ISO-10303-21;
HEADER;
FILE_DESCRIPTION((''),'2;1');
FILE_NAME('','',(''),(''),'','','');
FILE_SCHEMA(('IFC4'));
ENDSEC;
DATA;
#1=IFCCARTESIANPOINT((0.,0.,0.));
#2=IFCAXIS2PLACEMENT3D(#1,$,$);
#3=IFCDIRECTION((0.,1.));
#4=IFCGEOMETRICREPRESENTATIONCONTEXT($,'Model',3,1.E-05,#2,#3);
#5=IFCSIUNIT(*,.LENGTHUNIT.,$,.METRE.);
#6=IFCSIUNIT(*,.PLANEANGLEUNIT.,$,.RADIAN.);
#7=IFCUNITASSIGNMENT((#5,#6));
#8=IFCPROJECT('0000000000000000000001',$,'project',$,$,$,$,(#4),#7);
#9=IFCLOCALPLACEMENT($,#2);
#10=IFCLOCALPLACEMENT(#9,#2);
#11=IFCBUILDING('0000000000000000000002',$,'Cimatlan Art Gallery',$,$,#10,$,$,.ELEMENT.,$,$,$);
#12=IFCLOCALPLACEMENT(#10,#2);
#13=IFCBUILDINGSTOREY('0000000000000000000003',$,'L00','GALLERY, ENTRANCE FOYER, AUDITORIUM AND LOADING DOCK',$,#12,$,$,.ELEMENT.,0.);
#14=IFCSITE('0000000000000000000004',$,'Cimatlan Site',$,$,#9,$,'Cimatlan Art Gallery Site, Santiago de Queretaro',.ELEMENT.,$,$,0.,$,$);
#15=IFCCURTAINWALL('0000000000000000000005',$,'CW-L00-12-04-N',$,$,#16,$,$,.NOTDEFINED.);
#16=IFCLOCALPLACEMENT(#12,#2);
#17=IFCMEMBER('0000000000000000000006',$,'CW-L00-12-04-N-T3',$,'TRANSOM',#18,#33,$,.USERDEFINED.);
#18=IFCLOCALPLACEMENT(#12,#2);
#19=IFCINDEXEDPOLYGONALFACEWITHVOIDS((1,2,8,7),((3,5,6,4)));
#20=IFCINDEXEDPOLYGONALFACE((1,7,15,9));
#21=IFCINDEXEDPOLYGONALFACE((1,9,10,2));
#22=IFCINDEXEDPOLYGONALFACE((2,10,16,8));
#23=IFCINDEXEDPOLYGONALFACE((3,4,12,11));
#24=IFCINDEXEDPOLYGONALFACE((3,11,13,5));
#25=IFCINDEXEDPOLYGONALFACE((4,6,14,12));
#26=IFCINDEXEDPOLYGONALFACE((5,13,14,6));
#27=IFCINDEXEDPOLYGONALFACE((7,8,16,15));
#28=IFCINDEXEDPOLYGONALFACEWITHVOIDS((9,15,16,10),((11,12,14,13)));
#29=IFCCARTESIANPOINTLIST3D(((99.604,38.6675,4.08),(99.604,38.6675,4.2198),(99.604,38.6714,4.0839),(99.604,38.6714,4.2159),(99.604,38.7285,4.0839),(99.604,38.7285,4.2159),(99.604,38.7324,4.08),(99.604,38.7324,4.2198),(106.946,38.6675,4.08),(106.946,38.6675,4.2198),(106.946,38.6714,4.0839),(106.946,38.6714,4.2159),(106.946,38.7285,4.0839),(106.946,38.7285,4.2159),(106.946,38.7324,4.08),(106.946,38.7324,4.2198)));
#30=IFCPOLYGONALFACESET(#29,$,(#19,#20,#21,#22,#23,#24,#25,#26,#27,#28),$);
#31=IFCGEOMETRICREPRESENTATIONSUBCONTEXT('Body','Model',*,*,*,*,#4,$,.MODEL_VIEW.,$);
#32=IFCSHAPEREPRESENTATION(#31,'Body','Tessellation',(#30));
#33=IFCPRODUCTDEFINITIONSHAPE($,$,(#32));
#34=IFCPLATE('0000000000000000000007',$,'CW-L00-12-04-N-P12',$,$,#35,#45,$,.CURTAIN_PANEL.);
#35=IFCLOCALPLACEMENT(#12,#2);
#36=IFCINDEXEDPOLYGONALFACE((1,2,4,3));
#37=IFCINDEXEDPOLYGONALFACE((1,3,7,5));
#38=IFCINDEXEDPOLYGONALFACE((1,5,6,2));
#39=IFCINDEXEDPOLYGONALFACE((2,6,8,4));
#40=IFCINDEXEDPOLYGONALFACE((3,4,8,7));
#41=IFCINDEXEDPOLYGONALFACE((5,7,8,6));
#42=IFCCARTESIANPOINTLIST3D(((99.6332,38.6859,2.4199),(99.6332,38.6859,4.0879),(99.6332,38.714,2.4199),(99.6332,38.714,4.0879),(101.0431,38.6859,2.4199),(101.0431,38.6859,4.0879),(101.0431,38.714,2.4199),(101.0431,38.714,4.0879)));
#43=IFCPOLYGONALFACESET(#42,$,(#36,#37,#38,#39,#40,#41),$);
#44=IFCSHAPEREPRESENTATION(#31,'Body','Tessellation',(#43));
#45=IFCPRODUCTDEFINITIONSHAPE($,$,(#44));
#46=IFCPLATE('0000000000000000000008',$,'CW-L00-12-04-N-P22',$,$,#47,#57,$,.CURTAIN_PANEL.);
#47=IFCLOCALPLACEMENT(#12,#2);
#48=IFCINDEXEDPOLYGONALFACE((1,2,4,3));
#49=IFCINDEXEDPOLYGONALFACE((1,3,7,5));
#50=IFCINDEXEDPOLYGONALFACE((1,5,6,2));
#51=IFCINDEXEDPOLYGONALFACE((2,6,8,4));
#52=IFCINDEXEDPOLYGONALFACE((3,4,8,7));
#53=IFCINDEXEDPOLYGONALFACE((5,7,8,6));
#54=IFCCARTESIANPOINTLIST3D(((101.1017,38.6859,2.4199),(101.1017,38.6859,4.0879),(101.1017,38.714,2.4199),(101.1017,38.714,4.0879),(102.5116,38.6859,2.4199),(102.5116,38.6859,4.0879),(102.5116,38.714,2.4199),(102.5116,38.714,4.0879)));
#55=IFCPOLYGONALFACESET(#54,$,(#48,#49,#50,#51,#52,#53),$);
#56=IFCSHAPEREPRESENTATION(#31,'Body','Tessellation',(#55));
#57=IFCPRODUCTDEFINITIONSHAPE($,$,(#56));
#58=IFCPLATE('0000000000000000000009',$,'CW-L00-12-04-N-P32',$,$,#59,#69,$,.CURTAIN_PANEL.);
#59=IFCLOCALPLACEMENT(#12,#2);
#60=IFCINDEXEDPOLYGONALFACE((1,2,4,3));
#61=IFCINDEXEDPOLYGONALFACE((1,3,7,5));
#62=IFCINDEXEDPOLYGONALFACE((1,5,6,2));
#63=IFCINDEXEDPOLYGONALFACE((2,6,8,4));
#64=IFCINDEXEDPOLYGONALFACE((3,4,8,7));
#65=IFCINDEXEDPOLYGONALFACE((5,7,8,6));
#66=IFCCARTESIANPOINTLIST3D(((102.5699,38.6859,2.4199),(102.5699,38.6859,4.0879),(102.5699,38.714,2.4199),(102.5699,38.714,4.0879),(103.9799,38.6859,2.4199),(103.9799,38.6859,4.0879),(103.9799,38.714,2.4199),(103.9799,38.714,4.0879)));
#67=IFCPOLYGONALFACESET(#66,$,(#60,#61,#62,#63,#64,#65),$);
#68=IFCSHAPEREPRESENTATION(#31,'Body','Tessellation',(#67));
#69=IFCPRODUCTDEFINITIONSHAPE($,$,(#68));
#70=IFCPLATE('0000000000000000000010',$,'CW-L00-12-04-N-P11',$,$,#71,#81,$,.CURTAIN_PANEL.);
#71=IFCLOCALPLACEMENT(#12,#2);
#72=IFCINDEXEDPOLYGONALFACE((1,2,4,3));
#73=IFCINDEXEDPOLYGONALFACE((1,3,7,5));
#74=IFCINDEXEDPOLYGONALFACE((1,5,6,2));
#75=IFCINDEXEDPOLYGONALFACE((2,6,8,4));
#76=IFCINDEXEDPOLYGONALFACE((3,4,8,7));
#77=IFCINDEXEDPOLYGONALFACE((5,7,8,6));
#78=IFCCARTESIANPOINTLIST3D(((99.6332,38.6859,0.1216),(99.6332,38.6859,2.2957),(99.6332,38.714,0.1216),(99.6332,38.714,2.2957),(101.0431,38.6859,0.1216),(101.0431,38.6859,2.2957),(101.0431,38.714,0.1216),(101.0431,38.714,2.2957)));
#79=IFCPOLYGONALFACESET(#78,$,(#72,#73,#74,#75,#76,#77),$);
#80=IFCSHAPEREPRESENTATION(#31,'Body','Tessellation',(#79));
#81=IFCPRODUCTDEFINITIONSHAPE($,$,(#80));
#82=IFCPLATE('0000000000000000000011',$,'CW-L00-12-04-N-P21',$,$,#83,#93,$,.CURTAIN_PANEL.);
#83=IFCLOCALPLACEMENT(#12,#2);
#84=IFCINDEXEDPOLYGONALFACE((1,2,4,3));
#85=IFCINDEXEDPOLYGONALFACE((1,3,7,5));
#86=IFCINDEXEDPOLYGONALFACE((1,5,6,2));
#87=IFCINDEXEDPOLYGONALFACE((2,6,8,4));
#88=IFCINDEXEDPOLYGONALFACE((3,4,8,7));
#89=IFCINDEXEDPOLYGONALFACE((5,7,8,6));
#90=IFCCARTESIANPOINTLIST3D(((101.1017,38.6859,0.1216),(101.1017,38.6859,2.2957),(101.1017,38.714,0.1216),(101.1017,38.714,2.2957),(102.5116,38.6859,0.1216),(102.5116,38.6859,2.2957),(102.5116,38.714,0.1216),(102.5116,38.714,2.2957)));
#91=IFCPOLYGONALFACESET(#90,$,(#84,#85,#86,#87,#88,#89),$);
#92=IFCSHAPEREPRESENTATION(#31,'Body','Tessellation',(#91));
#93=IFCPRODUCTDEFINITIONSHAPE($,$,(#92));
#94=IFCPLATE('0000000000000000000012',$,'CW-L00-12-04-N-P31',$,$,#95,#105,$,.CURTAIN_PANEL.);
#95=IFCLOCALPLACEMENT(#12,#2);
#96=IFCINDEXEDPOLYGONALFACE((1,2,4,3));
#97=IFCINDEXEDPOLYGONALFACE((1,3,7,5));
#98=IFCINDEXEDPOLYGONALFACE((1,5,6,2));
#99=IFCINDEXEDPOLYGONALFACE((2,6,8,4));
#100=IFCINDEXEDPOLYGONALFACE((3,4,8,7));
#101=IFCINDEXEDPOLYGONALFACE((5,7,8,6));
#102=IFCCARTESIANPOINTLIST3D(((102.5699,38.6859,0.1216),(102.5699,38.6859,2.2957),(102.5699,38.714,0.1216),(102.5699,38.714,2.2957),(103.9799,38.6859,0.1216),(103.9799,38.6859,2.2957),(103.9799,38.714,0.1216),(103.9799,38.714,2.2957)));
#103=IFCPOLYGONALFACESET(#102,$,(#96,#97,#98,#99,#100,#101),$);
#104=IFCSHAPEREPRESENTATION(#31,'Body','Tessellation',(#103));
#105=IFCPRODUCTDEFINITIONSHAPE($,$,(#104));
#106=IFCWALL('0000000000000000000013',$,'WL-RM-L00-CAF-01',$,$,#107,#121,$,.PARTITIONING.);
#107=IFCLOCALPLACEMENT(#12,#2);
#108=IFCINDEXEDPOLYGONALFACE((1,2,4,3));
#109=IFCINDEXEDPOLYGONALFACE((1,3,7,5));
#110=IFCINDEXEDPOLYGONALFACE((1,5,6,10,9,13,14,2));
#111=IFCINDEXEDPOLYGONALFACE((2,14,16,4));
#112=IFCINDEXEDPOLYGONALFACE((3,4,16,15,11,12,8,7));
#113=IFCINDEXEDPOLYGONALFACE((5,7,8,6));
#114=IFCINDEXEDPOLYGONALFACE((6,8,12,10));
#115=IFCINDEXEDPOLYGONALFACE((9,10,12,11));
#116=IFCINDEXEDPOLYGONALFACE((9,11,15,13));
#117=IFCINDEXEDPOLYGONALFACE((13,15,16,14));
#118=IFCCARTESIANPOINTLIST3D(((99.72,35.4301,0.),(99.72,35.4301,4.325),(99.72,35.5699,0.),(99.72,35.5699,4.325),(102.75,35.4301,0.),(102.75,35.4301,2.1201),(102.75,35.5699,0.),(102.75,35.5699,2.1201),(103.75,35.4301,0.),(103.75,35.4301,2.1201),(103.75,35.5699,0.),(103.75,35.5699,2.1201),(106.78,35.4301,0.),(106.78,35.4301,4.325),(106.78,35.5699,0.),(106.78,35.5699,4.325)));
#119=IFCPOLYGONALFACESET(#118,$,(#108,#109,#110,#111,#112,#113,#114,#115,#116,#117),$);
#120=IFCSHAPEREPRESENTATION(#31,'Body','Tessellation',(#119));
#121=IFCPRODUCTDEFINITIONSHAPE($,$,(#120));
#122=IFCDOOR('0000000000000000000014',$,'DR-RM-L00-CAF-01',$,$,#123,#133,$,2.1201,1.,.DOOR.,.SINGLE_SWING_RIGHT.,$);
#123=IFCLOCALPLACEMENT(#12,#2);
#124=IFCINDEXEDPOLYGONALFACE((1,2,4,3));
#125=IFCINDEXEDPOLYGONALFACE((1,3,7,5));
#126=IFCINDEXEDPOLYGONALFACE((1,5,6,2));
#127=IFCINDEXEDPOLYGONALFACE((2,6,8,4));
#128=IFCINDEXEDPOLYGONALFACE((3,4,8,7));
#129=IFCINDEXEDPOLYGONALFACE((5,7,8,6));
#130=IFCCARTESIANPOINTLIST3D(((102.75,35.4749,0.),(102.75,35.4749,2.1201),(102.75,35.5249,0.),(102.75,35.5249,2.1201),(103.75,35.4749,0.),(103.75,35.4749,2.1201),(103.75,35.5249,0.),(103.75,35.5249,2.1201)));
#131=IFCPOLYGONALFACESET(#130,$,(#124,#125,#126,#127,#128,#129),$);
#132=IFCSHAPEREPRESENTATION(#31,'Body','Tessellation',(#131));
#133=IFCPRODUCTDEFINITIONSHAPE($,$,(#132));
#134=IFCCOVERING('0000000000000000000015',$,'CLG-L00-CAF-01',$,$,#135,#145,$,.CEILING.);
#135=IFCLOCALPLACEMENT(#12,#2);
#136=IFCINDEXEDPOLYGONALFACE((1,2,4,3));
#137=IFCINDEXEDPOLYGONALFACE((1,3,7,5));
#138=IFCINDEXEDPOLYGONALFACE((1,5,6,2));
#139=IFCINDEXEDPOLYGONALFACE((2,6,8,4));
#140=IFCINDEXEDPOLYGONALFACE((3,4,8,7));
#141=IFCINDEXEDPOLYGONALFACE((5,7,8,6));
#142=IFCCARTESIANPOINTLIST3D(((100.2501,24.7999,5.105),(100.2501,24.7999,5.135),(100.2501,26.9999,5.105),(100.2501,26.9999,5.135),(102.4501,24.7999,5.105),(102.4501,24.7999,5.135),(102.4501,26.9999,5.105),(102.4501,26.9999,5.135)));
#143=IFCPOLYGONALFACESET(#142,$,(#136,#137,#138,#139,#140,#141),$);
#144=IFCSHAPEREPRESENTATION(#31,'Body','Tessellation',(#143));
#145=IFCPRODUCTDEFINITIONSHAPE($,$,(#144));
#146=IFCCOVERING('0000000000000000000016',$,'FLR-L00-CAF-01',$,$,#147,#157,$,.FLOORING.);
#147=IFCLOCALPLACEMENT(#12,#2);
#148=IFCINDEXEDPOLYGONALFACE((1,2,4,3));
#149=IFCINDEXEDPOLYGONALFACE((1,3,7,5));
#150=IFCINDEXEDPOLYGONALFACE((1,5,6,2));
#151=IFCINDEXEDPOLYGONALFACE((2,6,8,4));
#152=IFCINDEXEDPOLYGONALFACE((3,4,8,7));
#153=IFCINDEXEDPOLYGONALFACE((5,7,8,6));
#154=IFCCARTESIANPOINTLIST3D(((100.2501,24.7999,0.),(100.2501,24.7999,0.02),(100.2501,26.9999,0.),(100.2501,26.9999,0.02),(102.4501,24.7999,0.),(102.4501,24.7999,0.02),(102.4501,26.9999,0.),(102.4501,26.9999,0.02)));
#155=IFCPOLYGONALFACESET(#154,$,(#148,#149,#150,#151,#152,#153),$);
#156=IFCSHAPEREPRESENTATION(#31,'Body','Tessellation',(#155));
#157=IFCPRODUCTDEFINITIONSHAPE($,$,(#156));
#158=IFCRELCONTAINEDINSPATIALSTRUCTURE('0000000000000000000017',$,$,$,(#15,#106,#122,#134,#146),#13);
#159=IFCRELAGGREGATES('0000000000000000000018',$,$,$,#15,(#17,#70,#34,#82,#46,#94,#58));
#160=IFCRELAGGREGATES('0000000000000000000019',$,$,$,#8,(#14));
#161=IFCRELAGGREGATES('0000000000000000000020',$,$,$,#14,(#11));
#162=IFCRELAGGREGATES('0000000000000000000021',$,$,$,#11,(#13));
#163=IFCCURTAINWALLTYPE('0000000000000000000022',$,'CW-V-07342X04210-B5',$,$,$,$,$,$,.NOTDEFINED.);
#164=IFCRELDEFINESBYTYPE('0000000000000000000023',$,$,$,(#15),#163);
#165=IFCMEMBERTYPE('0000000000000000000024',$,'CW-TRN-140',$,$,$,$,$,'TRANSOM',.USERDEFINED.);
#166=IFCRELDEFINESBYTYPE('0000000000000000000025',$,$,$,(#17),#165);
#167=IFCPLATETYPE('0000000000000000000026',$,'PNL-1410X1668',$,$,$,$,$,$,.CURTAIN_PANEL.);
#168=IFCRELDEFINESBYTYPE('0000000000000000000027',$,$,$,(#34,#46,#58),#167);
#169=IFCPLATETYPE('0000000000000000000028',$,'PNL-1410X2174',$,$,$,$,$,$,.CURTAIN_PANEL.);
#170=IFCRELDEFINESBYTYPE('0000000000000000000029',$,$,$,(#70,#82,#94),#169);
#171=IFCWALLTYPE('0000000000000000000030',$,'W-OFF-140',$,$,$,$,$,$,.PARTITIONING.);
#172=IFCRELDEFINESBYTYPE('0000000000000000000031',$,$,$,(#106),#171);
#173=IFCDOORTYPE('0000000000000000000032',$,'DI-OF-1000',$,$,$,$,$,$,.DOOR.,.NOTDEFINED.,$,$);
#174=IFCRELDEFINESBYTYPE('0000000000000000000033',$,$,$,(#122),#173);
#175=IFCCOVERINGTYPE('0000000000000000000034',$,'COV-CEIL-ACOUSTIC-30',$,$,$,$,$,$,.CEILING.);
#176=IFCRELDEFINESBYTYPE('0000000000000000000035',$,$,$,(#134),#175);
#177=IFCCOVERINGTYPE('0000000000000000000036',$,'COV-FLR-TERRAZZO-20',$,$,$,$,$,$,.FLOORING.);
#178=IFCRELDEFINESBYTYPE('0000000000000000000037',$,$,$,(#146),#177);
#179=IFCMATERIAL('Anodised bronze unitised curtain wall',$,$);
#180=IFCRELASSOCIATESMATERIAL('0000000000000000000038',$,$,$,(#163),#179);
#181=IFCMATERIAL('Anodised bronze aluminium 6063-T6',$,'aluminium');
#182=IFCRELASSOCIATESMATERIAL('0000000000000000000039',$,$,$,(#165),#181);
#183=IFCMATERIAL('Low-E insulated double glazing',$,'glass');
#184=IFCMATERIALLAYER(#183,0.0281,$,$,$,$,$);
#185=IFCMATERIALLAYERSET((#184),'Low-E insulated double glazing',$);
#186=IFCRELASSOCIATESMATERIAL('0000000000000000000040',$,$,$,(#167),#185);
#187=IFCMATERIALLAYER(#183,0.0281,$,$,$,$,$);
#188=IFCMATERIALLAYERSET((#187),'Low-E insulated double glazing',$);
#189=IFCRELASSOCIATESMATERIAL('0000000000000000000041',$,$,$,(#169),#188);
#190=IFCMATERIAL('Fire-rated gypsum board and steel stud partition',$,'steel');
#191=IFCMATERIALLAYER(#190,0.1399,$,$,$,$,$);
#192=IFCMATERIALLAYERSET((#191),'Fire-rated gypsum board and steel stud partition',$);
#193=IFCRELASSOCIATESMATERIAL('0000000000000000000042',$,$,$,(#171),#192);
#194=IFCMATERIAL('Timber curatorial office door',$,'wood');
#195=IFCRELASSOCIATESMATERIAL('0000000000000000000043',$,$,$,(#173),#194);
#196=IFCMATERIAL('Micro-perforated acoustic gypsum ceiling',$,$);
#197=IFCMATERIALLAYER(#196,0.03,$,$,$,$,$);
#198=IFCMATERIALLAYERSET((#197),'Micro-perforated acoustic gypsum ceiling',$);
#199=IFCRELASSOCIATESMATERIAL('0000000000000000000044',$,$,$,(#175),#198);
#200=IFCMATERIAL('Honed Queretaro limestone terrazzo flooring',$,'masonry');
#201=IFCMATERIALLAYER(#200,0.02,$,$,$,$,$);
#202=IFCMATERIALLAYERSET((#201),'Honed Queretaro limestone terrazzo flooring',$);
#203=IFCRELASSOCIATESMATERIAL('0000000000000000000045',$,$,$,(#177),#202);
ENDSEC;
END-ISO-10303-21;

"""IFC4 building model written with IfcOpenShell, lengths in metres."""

from ifc_helpers import new_model, si_unit, direction, frame, frame_2d, origin, origin_2d, place, context, subcontext, project, spatial, rectangle, hollow_rectangle, extrude, material, layer, layer_set, material_profile, profile_set, type_object, element, fill, aggregate, save


model = new_model("IFC4")

# Units and contexts
model_context = context("Model", 3, precision=1e-05, world=origin(), true_north=direction((0.0, 1.0)))
body_context = subcontext(model_context, "Body", "Model", "MODEL_VIEW")
ifc_project = project(units=[si_unit("LENGTHUNIT", "METRE"), si_unit("PLANEANGLEUNIT", "RADIAN")], contexts=[model_context])

# Site, building, storey
site_placement = place(None, origin())
site = spatial("IfcSite", under=ifc_project, at=site_placement, Name="Cimatlan Site", LongName="Cimatlan Art Gallery Site, Santiago de Queretaro", CompositionType="ELEMENT", RefElevation=0.0)
building_placement = place(site_placement, origin())
building = spatial("IfcBuilding", under=site, at=building_placement, Name="Cimatlan Art Gallery", CompositionType="ELEMENT")
storey_placement = place(building_placement, origin())
storey = spatial("IfcBuildingStorey", under=building, at=storey_placement, Name="L00", Description="GALLERY, ENTRANCE FOYER, AUDITORIUM AND LOADING DOCK", CompositionType="ELEMENT", Elevation=0.0)

# Curtain wall, member, plates
ifc_material_1 = material(Name="Anodised bronze unitised curtain wall")
curtain_wall_type = type_object("IfcCurtainWallType", Name="CW-V-07342X04210-B5", PredefinedType="NOTDEFINED", material=ifc_material_1)
curtain_wall_placement = place(storey_placement, origin())
curtain_wall = element("IfcCurtainWall", 1, at=curtain_wall_placement, inside=storey, type_object=curtain_wall_type, Name="CW-L00-12-04-N", PredefinedType="NOTDEFINED")
ifc_material_2 = material(Name="Anodised bronze aluminium 6063-T6", Category="aluminium")
ifc_material_profile_1 = material_profile(ifc_material_2, hollow_rectangle(XDim=0.0649, YDim=0.1399, WallThickness=0.0039, at=origin_2d()), Name="ALU65X140X4")
ifc_profile_set_1 = profile_set([ifc_material_profile_1], Name="Anodised bronze aluminium 6063-T6")
member_type_1 = type_object("IfcMemberType", Name="CW-TRN-140", ElementType="TRANSOM", PredefinedType="USERDEFINED", material=ifc_profile_set_1)
member_1_placement = place(storey_placement, frame((99.604, 38.7, 4.1499), z_axis=(1.0, 0.0, 0.0), x_axis=(0.0, 1.0, 0.0)))
member_1 = element("IfcMember", 2, at=member_1_placement, type_object=member_type_1, Name="CW-L00-12-04-N-T3", ObjectType="TRANSOM", PredefinedType="USERDEFINED", context=body_context, shape_type="SweptSolid", body=[
    extrude(hollow_rectangle(XDim=0.0649, YDim=0.1399, WallThickness=0.0039, at=origin_2d()), origin(), (0.0, 0.0, 1.0), 7.342),
])
ifc_material_3 = material(Name="Low-E insulated double glazing", Category="glass")
ifc_layer_1 = layer(ifc_material_3, 0.0281)
ifc_layer_set_1 = layer_set([ifc_layer_1], Name="Low-E insulated double glazing")
plate_type_1 = type_object("IfcPlateType", Name="PNL-1410X1668", PredefinedType="CURTAIN_PANEL", material=ifc_layer_set_1)
plate_1_placement = place(storey_placement, frame((100.3381, 38.7, 2.4199), z_axis=(0.0, 0.0, 1.0), x_axis=(1.0, 0.0, 0.0)))
plate_1 = element("IfcPlate", 3, at=plate_1_placement, type_object=plate_type_1, Name="CW-L00-12-04-N-P12", PredefinedType="CURTAIN_PANEL", context=body_context, shape_type="SweptSolid", body=[
    extrude(rectangle(XDim=1.4099, YDim=0.0281, at=origin_2d()), origin(), (0.0, 0.0, 1.0), 1.668),
])
plate_2_placement = place(storey_placement, frame((101.8066, 38.7, 2.4199), z_axis=(0.0, 0.0, 1.0), x_axis=(1.0, 0.0, 0.0)))
plate_2 = element("IfcPlate", 4, at=plate_2_placement, type_object=plate_type_1, Name="CW-L00-12-04-N-P22", PredefinedType="CURTAIN_PANEL", context=body_context, shape_type="SweptSolid", body=[
    extrude(rectangle(XDim=1.4099, YDim=0.0281, at=origin_2d()), origin(), (0.0, 0.0, 1.0), 1.668),
])
plate_3_placement = place(storey_placement, frame((103.2749, 38.7, 2.4199), z_axis=(0.0, 0.0, 1.0), x_axis=(1.0, 0.0, 0.0)))
plate_3 = element("IfcPlate", 5, at=plate_3_placement, type_object=plate_type_1, Name="CW-L00-12-04-N-P32", PredefinedType="CURTAIN_PANEL", context=body_context, shape_type="SweptSolid", body=[
    extrude(rectangle(XDim=1.4099, YDim=0.0281, at=origin_2d()), origin(), (0.0, 0.0, 1.0), 1.668),
])
ifc_layer_2 = layer(ifc_material_3, 0.0281)
ifc_layer_set_2 = layer_set([ifc_layer_2], Name="Low-E insulated double glazing")
plate_type_2 = type_object("IfcPlateType", Name="PNL-1410X2174", PredefinedType="CURTAIN_PANEL", material=ifc_layer_set_2)
plate_4_placement = place(storey_placement, frame((100.3381, 38.7, 0.1216), z_axis=(0.0, 0.0, 1.0), x_axis=(1.0, 0.0, 0.0)))
plate_4 = element("IfcPlate", 6, at=plate_4_placement, type_object=plate_type_2, Name="CW-L00-12-04-N-P11", PredefinedType="CURTAIN_PANEL", context=body_context, shape_type="SweptSolid", body=[
    extrude(rectangle(XDim=1.4099, YDim=0.0281, at=origin_2d()), origin(), (0.0, 0.0, 1.0), 2.1741),
])
plate_5_placement = place(storey_placement, frame((101.8066, 38.7, 0.1216), z_axis=(0.0, 0.0, 1.0), x_axis=(1.0, 0.0, 0.0)))
plate_5 = element("IfcPlate", 7, at=plate_5_placement, type_object=plate_type_2, Name="CW-L00-12-04-N-P21", PredefinedType="CURTAIN_PANEL", context=body_context, shape_type="SweptSolid", body=[
    extrude(rectangle(XDim=1.4099, YDim=0.0281, at=origin_2d()), origin(), (0.0, 0.0, 1.0), 2.1741),
])
plate_6_placement = place(storey_placement, frame((103.2749, 38.7, 0.1216), z_axis=(0.0, 0.0, 1.0), x_axis=(1.0, 0.0, 0.0)))
plate_6 = element("IfcPlate", 8, at=plate_6_placement, type_object=plate_type_2, Name="CW-L00-12-04-N-P31", PredefinedType="CURTAIN_PANEL", context=body_context, shape_type="SweptSolid", body=[
    extrude(rectangle(XDim=1.4099, YDim=0.0281, at=origin_2d()), origin(), (0.0, 0.0, 1.0), 2.1741),
])
aggregate(curtain_wall, [member_1, plate_4, plate_1, plate_5, plate_2, plate_6, plate_3])

# Wall, opening, door
ifc_material_4 = material(Name="Fire-rated gypsum board and steel stud partition", Category="steel")
ifc_layer_3 = layer(ifc_material_4, 0.1399)
ifc_layer_set_3 = layer_set([ifc_layer_3], Name="Fire-rated gypsum board and steel stud partition")
wall_type = type_object("IfcWallType", Name="W-OFF-140", PredefinedType="PARTITIONING", material=ifc_layer_set_3)
wall_placement = place(storey_placement, frame((99.72, 35.5, 0.0), z_axis=(0.0, 0.0, 1.0), x_axis=(1.0, 0.0, 0.0)))
wall = element("IfcWall", 9, at=wall_placement, inside=storey, type_object=wall_type, Name="WL-RM-L00-CAF-01", PredefinedType="PARTITIONING", context=body_context, shape_type="SweptSolid", body=[
    extrude(rectangle(XDim=7.0601, YDim=0.1399, at=frame_2d((3.53, 0.0))), origin(), (0.0, 0.0, 1.0), 4.325),
])
opening_placement = place(wall_placement, frame((3.03, 0.0, 0.0)))
opening = element("IfcOpeningElement", 10, at=opening_placement, cuts=wall, PredefinedType="OPENING", context=body_context, shape_type="SweptSolid", body=[
    extrude(rectangle(XDim=1.0, YDim=2.1201, at=frame_2d((0.5, 1.0601))), frame((0.0, 0.0801, 0.0), z_axis=(0.0, -1.0, 0.0), x_axis=(1.0, 0.0, 0.0)), (0.0, 0.0, 1.0), 0.1599),
])
ifc_material_5 = material(Name="Timber curatorial office door", Category="wood")
door_type = type_object("IfcDoorType", Name="DI-OF-1000", OperationType="NOTDEFINED", PredefinedType="DOOR", material=ifc_material_5)
door_placement = place(opening_placement, origin())
door = element("IfcDoor", 11, at=door_placement, inside=storey, type_object=door_type, Name="DR-RM-L00-CAF-01", OperationType="SINGLE_SWING_RIGHT", OverallHeight=2.1201, OverallWidth=1.0, PredefinedType="DOOR", context=body_context, shape_type="SweptSolid", body=[
    extrude(rectangle(XDim=1.0, YDim=2.1201, at=frame_2d((0.5, 1.0601))), frame((0.0, 0.0249, 0.0), z_axis=(0.0, -1.0, 0.0), x_axis=(1.0, 0.0, 0.0)), (0.0, 0.0, 1.0), 0.05),
])
fill(opening, door)

# Coverings
ifc_material_6 = material(Name="Micro-perforated acoustic gypsum ceiling")
ifc_layer_4 = layer(ifc_material_6, 0.03)
ifc_layer_set_4 = layer_set([ifc_layer_4], Name="Micro-perforated acoustic gypsum ceiling")
covering_type_1 = type_object("IfcCoveringType", Name="COV-CEIL-ACOUSTIC-30", PredefinedType="CEILING", material=ifc_layer_set_4)
covering_1_placement = place(storey_placement, frame((101.3501, 25.8999, 5.105), z_axis=(0.0, 0.0, 1.0), x_axis=(1.0, 0.0, 0.0)))
element("IfcCovering", 12, at=covering_1_placement, inside=storey, type_object=covering_type_1, Name="CLG-L00-CAF-01", PredefinedType="CEILING", context=body_context, shape_type="SweptSolid", body=[
    extrude(rectangle(XDim=2.2, YDim=2.2, at=origin_2d()), origin(), (0.0, 0.0, 1.0), 0.03),
])
ifc_material_7 = material(Name="Honed Queretaro limestone terrazzo flooring", Category="masonry")
ifc_layer_5 = layer(ifc_material_7, 0.02)
ifc_layer_set_5 = layer_set([ifc_layer_5], Name="Honed Queretaro limestone terrazzo flooring")
covering_type_2 = type_object("IfcCoveringType", Name="COV-FLR-TERRAZZO-20", PredefinedType="FLOORING", material=ifc_layer_set_5)
covering_2_placement = place(storey_placement, frame((101.3501, 25.8999, 0.0), z_axis=(0.0, 0.0, 1.0), x_axis=(1.0, 0.0, 0.0)))
element("IfcCovering", 13, at=covering_2_placement, inside=storey, type_object=covering_type_2, Name="FLR-L00-CAF-01", PredefinedType="FLOORING", context=body_context, shape_type="SweptSolid", body=[
    extrude(rectangle(XDim=2.2, YDim=2.2, at=origin_2d()), origin(), (0.0, 0.0, 1.0), 0.02),
])

save(model, "model.ifc")
